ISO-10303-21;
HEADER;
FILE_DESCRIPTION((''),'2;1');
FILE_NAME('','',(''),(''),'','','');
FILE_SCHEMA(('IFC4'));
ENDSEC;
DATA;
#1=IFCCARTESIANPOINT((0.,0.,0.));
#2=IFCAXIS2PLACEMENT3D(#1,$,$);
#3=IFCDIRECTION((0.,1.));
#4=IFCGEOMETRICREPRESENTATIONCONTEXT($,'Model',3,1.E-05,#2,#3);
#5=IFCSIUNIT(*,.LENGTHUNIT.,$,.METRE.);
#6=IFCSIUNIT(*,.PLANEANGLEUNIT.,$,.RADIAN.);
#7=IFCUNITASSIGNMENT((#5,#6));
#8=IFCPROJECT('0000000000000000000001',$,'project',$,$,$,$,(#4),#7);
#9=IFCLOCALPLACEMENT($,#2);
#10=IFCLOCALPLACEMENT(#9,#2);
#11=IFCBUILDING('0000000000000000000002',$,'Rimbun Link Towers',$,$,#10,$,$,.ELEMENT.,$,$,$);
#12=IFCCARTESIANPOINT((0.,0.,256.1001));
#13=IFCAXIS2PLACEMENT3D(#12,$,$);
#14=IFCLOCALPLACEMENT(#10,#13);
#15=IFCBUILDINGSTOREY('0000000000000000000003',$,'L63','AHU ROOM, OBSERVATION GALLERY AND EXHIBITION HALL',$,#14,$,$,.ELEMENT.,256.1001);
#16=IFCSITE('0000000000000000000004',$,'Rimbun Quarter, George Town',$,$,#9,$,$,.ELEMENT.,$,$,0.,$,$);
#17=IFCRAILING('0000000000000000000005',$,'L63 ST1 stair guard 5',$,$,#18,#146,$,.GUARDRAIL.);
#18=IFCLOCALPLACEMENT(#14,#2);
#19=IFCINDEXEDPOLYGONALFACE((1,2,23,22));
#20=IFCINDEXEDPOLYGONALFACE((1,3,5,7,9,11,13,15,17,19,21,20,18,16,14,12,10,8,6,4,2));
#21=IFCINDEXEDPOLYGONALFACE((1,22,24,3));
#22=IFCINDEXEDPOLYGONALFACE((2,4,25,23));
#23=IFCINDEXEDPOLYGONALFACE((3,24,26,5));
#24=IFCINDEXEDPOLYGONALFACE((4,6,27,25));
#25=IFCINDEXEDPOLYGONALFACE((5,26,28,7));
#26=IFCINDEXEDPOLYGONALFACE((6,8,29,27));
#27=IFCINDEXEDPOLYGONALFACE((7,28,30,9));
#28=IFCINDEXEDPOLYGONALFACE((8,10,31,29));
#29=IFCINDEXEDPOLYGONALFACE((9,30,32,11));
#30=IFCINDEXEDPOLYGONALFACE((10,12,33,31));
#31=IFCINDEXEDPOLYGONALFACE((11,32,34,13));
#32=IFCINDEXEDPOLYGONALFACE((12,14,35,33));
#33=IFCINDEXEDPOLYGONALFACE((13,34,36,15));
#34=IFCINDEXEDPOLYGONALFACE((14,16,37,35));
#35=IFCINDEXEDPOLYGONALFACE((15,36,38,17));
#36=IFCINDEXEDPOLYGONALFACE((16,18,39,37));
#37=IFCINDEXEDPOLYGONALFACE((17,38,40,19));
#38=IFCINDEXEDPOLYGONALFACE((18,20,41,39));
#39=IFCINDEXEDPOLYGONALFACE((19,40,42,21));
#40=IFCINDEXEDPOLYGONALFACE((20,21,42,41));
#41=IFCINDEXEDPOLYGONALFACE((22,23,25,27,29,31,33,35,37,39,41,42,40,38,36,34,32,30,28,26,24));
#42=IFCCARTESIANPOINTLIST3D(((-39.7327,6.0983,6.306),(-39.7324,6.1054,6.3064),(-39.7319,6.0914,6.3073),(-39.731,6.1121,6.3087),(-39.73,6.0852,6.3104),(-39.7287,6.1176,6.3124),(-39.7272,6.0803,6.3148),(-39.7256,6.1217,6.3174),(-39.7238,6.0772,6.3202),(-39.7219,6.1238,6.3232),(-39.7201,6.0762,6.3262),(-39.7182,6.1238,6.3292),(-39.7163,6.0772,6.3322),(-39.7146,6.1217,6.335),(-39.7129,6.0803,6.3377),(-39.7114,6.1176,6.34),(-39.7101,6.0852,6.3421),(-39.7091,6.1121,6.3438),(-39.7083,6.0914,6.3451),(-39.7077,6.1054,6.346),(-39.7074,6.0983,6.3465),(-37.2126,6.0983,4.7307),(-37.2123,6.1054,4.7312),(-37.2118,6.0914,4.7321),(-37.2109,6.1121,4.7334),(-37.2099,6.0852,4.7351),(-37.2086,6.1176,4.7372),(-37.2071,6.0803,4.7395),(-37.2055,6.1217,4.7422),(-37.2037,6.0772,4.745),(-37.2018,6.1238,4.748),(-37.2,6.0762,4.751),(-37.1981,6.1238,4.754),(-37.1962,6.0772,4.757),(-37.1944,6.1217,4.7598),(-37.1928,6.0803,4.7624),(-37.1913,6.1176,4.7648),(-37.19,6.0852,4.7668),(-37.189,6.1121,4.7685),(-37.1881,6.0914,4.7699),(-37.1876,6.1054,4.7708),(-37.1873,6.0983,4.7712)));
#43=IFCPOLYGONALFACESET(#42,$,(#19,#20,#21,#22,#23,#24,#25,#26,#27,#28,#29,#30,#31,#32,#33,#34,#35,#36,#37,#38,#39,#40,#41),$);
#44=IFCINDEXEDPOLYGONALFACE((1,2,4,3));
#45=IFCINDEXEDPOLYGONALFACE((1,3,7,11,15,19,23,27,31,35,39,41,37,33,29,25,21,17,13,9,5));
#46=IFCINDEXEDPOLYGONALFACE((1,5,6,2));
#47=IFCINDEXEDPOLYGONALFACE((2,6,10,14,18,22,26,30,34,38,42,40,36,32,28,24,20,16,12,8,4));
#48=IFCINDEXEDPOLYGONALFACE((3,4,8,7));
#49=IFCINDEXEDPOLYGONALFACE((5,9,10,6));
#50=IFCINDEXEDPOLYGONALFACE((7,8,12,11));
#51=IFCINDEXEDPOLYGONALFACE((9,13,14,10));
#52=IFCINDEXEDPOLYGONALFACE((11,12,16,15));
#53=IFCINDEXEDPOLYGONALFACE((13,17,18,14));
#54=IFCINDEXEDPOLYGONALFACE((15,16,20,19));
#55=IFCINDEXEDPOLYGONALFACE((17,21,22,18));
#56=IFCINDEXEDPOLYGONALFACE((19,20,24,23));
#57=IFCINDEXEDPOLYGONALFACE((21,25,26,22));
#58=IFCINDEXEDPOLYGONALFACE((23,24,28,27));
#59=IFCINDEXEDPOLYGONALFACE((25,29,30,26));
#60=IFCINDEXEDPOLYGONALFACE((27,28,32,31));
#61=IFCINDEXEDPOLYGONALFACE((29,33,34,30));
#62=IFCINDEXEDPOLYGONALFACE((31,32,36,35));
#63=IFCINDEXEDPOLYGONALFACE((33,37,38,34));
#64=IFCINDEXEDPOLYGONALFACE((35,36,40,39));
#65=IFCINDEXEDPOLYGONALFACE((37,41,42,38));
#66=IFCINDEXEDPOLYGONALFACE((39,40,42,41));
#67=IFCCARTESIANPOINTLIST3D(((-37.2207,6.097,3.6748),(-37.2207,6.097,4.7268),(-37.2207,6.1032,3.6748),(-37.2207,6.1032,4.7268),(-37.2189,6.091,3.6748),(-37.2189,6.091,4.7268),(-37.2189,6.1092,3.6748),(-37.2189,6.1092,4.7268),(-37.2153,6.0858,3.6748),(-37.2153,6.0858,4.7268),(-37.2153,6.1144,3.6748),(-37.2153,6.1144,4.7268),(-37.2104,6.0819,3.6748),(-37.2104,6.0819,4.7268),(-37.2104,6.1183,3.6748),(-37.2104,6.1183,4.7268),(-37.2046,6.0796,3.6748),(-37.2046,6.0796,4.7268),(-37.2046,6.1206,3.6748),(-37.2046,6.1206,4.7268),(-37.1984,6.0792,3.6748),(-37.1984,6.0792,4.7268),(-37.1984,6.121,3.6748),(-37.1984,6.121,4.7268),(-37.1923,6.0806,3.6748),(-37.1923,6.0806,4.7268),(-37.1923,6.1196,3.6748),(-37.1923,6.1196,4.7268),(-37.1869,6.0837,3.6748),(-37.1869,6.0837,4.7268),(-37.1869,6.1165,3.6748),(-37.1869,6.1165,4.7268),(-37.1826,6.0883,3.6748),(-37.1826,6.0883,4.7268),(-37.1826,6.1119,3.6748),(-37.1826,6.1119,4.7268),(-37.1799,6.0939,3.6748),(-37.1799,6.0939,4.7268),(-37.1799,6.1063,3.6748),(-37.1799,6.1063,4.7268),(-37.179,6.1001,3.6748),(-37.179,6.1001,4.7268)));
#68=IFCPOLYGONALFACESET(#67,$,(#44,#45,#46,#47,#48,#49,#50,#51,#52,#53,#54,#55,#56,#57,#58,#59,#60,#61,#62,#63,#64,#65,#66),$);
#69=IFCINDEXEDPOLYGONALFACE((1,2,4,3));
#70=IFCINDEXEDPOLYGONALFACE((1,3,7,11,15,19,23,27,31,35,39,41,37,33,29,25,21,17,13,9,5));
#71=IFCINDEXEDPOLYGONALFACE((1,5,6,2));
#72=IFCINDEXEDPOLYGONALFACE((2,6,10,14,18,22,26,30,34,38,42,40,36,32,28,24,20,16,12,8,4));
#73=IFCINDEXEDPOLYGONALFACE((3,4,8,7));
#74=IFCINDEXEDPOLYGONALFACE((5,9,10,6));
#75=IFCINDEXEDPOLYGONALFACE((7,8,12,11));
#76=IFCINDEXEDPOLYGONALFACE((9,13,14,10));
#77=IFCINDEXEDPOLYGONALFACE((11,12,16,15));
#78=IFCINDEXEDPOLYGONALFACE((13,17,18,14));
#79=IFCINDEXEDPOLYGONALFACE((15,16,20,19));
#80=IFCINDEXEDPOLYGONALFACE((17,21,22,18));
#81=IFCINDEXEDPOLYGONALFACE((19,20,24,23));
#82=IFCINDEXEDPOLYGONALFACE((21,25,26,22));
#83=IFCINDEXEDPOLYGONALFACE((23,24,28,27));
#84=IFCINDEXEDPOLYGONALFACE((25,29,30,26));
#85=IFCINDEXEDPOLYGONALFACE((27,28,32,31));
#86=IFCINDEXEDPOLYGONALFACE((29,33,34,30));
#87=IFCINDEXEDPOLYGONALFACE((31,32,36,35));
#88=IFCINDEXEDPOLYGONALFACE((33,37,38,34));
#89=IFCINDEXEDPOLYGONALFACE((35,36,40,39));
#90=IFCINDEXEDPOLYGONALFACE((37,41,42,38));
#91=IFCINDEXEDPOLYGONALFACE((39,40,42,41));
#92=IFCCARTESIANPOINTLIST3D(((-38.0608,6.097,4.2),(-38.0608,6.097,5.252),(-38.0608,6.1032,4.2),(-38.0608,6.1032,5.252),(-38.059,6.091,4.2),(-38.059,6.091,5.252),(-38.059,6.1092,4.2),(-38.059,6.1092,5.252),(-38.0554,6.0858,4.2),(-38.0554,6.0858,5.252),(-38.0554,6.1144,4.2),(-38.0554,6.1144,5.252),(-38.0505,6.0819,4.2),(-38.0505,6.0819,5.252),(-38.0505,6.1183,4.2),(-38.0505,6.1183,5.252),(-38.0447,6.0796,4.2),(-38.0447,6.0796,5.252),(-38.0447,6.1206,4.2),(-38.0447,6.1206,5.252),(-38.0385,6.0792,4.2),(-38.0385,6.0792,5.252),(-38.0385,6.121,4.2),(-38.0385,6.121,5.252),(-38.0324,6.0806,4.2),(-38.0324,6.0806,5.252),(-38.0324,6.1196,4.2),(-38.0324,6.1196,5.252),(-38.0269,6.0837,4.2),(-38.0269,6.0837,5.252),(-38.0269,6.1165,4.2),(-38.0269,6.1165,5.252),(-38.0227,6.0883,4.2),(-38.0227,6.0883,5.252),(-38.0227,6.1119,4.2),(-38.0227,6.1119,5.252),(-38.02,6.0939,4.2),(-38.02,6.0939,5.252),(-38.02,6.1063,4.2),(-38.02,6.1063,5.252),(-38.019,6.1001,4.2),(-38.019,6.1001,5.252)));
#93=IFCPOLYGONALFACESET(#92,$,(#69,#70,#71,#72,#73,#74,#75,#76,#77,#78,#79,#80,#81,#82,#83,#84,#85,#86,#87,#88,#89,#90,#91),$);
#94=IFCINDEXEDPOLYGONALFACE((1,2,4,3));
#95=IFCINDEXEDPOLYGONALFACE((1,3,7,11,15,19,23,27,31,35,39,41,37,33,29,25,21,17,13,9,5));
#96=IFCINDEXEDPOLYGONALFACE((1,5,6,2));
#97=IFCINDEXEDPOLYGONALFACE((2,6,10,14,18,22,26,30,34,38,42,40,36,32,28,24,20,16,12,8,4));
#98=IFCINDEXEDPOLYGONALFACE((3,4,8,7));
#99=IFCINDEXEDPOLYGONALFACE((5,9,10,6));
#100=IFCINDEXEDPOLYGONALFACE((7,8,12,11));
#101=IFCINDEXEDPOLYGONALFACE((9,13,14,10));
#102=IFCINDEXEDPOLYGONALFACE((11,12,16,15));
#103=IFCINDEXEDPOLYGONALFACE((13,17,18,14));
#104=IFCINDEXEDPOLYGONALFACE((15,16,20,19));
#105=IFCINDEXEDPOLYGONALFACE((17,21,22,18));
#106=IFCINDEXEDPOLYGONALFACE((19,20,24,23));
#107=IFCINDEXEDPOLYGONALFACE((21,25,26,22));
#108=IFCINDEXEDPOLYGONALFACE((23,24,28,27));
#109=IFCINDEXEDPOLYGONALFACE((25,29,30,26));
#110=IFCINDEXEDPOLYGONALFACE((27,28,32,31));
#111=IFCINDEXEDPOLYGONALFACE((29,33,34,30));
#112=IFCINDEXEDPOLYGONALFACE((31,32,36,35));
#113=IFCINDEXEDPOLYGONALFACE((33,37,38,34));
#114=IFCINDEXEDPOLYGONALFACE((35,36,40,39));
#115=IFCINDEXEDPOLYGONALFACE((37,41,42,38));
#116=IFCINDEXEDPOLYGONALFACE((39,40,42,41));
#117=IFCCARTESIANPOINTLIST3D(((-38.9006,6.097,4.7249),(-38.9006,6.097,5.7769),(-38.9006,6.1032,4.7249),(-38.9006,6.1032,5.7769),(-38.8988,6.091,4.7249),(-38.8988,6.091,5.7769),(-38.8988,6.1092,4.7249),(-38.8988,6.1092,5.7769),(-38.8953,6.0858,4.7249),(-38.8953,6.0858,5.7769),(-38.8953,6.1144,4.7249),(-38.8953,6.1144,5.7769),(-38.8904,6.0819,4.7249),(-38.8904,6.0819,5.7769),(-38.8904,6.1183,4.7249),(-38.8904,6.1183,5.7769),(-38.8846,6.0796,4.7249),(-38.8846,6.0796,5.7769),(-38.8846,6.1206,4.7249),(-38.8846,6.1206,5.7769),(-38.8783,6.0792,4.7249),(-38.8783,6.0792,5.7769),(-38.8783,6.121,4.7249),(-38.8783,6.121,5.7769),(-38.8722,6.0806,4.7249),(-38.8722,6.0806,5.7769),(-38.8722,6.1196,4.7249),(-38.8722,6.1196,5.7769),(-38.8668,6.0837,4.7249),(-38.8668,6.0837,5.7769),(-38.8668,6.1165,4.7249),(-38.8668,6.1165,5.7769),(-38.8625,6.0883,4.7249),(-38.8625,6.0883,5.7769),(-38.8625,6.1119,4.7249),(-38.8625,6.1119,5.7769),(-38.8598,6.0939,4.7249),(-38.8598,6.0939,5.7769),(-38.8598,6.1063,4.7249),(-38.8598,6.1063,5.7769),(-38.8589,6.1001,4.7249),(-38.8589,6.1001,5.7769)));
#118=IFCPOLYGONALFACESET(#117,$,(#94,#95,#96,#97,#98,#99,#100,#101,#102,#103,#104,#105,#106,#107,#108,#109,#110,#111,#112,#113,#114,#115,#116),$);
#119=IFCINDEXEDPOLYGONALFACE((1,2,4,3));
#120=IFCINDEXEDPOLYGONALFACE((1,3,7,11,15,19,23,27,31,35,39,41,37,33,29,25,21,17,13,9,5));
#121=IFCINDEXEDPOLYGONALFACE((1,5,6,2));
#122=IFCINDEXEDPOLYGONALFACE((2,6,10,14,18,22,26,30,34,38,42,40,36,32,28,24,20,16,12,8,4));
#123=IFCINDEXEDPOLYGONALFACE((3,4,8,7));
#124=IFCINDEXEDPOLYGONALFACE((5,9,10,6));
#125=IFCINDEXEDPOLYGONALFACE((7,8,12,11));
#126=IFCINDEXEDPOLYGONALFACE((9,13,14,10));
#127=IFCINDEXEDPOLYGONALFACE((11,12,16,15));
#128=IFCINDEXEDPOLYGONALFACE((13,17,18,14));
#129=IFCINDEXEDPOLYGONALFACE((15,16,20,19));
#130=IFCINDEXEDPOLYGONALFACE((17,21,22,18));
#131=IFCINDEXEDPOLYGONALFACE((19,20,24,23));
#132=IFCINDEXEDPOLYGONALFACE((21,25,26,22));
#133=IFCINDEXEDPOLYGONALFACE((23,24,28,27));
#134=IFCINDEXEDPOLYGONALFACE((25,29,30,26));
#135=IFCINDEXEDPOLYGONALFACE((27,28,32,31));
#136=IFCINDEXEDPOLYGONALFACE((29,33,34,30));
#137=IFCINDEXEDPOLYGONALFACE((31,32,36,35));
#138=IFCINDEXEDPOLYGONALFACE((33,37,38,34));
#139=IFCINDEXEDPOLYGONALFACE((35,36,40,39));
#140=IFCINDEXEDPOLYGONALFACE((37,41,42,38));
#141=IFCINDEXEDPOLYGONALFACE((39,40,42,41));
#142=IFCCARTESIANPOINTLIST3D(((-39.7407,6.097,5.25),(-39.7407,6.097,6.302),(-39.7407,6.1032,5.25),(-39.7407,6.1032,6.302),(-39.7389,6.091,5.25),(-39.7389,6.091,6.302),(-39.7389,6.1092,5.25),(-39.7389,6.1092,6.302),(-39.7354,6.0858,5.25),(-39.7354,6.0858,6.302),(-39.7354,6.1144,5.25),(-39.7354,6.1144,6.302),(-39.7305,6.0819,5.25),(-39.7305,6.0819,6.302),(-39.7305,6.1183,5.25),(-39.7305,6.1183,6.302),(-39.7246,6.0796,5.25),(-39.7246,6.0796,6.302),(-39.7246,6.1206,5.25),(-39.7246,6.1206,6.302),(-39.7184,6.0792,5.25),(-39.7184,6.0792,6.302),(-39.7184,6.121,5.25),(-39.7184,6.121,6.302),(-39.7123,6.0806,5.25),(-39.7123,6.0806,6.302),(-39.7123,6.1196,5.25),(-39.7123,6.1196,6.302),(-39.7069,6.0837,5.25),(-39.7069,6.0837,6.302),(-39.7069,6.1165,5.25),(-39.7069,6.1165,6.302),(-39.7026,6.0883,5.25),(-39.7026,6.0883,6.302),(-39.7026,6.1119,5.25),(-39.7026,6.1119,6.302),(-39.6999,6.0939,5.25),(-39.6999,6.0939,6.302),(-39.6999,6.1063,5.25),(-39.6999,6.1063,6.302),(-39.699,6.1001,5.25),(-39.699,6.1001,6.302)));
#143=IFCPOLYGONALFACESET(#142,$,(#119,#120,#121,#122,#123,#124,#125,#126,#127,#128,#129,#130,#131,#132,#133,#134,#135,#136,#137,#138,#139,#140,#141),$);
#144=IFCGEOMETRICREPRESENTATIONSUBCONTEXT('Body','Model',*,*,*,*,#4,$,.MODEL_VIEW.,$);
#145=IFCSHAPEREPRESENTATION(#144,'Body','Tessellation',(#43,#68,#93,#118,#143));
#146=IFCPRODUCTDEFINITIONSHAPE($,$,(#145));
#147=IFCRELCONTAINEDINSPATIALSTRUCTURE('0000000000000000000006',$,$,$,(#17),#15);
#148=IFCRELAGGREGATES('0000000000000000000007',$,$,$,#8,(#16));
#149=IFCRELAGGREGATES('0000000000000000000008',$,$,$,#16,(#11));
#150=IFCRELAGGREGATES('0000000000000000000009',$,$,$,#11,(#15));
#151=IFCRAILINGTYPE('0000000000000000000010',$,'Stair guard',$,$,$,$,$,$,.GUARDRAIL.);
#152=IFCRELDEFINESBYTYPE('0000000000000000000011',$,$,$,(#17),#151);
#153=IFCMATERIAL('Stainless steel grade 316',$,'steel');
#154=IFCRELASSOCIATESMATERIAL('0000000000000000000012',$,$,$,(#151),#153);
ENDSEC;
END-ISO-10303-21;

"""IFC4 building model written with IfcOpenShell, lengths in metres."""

from ifc_helpers import new_model, si_unit, direction, frame, origin, origin_2d, place, context, subcontext, project, spatial, circle, extrude, material, type_object, element, save


model = new_model("IFC4")

# Units and contexts
model_context = context("Model", 3, precision=1e-05, world=origin(), true_north=direction((0.0, 1.0)))
body_context = subcontext(model_context, "Body", "Model", "MODEL_VIEW")
ifc_project = project(units=[si_unit("LENGTHUNIT", "METRE"), si_unit("PLANEANGLEUNIT", "RADIAN")], contexts=[model_context])

# Site, building, storey
site_placement = place(None, origin())
site = spatial("IfcSite", under=ifc_project, at=site_placement, Name="Rimbun Quarter, George Town", CompositionType="ELEMENT", RefElevation=0.0)
building_placement = place(site_placement, origin())
building = spatial("IfcBuilding", under=site, at=building_placement, Name="Rimbun Link Towers", CompositionType="ELEMENT")
storey_placement = place(building_placement, frame((0.0, 0.0, 256.1001)))
storey = spatial("IfcBuildingStorey", under=building, at=storey_placement, Name="L63", Description="AHU ROOM, OBSERVATION GALLERY AND EXHIBITION HALL", CompositionType="ELEMENT", Elevation=256.1001)

# Railing
ifc_material_1 = material(Name="Stainless steel grade 316", Category="steel")
railing_type_1 = type_object("IfcRailingType", Name="Stair guard", PredefinedType="GUARDRAIL", material=ifc_material_1)
railing_1_placement = place(storey_placement, frame((-37.2, 6.1001, 3.6748)))
element("IfcRailing", 1, at=railing_1_placement, inside=storey, type_object=railing_type_1, Name="L63 ST1 stair guard 5", PredefinedType="GUARDRAIL", context=body_context, shape_type="SweptSolid", body=[
    extrude(circle(Radius=0.0239, at=origin_2d()), frame((0.0, 0.0, 1.0762), z_axis=(-0.847971, 0.0, 0.530043), x_axis=(0.0, -1.0, 0.0)), (0.0, 0.0, 1.0), 2.9719),
    extrude(circle(Radius=0.021, at=origin_2d()), origin(), (0.0, 0.0, 1.0), 1.052),
    extrude(circle(Radius=0.021, at=origin_2d()), frame((-0.8401, 0.0, 0.5251)), (0.0, 0.0, 1.0), 1.052),
    extrude(circle(Radius=0.021, at=origin_2d()), frame((-1.6799, 0.0, 1.05)), (0.0, 0.0, 1.0), 1.052),
    extrude(circle(Radius=0.021, at=origin_2d()), frame((-2.52, 0.0, 1.5752)), (0.0, 0.0, 1.0), 1.052),
])

save(model, "model.ifc")
